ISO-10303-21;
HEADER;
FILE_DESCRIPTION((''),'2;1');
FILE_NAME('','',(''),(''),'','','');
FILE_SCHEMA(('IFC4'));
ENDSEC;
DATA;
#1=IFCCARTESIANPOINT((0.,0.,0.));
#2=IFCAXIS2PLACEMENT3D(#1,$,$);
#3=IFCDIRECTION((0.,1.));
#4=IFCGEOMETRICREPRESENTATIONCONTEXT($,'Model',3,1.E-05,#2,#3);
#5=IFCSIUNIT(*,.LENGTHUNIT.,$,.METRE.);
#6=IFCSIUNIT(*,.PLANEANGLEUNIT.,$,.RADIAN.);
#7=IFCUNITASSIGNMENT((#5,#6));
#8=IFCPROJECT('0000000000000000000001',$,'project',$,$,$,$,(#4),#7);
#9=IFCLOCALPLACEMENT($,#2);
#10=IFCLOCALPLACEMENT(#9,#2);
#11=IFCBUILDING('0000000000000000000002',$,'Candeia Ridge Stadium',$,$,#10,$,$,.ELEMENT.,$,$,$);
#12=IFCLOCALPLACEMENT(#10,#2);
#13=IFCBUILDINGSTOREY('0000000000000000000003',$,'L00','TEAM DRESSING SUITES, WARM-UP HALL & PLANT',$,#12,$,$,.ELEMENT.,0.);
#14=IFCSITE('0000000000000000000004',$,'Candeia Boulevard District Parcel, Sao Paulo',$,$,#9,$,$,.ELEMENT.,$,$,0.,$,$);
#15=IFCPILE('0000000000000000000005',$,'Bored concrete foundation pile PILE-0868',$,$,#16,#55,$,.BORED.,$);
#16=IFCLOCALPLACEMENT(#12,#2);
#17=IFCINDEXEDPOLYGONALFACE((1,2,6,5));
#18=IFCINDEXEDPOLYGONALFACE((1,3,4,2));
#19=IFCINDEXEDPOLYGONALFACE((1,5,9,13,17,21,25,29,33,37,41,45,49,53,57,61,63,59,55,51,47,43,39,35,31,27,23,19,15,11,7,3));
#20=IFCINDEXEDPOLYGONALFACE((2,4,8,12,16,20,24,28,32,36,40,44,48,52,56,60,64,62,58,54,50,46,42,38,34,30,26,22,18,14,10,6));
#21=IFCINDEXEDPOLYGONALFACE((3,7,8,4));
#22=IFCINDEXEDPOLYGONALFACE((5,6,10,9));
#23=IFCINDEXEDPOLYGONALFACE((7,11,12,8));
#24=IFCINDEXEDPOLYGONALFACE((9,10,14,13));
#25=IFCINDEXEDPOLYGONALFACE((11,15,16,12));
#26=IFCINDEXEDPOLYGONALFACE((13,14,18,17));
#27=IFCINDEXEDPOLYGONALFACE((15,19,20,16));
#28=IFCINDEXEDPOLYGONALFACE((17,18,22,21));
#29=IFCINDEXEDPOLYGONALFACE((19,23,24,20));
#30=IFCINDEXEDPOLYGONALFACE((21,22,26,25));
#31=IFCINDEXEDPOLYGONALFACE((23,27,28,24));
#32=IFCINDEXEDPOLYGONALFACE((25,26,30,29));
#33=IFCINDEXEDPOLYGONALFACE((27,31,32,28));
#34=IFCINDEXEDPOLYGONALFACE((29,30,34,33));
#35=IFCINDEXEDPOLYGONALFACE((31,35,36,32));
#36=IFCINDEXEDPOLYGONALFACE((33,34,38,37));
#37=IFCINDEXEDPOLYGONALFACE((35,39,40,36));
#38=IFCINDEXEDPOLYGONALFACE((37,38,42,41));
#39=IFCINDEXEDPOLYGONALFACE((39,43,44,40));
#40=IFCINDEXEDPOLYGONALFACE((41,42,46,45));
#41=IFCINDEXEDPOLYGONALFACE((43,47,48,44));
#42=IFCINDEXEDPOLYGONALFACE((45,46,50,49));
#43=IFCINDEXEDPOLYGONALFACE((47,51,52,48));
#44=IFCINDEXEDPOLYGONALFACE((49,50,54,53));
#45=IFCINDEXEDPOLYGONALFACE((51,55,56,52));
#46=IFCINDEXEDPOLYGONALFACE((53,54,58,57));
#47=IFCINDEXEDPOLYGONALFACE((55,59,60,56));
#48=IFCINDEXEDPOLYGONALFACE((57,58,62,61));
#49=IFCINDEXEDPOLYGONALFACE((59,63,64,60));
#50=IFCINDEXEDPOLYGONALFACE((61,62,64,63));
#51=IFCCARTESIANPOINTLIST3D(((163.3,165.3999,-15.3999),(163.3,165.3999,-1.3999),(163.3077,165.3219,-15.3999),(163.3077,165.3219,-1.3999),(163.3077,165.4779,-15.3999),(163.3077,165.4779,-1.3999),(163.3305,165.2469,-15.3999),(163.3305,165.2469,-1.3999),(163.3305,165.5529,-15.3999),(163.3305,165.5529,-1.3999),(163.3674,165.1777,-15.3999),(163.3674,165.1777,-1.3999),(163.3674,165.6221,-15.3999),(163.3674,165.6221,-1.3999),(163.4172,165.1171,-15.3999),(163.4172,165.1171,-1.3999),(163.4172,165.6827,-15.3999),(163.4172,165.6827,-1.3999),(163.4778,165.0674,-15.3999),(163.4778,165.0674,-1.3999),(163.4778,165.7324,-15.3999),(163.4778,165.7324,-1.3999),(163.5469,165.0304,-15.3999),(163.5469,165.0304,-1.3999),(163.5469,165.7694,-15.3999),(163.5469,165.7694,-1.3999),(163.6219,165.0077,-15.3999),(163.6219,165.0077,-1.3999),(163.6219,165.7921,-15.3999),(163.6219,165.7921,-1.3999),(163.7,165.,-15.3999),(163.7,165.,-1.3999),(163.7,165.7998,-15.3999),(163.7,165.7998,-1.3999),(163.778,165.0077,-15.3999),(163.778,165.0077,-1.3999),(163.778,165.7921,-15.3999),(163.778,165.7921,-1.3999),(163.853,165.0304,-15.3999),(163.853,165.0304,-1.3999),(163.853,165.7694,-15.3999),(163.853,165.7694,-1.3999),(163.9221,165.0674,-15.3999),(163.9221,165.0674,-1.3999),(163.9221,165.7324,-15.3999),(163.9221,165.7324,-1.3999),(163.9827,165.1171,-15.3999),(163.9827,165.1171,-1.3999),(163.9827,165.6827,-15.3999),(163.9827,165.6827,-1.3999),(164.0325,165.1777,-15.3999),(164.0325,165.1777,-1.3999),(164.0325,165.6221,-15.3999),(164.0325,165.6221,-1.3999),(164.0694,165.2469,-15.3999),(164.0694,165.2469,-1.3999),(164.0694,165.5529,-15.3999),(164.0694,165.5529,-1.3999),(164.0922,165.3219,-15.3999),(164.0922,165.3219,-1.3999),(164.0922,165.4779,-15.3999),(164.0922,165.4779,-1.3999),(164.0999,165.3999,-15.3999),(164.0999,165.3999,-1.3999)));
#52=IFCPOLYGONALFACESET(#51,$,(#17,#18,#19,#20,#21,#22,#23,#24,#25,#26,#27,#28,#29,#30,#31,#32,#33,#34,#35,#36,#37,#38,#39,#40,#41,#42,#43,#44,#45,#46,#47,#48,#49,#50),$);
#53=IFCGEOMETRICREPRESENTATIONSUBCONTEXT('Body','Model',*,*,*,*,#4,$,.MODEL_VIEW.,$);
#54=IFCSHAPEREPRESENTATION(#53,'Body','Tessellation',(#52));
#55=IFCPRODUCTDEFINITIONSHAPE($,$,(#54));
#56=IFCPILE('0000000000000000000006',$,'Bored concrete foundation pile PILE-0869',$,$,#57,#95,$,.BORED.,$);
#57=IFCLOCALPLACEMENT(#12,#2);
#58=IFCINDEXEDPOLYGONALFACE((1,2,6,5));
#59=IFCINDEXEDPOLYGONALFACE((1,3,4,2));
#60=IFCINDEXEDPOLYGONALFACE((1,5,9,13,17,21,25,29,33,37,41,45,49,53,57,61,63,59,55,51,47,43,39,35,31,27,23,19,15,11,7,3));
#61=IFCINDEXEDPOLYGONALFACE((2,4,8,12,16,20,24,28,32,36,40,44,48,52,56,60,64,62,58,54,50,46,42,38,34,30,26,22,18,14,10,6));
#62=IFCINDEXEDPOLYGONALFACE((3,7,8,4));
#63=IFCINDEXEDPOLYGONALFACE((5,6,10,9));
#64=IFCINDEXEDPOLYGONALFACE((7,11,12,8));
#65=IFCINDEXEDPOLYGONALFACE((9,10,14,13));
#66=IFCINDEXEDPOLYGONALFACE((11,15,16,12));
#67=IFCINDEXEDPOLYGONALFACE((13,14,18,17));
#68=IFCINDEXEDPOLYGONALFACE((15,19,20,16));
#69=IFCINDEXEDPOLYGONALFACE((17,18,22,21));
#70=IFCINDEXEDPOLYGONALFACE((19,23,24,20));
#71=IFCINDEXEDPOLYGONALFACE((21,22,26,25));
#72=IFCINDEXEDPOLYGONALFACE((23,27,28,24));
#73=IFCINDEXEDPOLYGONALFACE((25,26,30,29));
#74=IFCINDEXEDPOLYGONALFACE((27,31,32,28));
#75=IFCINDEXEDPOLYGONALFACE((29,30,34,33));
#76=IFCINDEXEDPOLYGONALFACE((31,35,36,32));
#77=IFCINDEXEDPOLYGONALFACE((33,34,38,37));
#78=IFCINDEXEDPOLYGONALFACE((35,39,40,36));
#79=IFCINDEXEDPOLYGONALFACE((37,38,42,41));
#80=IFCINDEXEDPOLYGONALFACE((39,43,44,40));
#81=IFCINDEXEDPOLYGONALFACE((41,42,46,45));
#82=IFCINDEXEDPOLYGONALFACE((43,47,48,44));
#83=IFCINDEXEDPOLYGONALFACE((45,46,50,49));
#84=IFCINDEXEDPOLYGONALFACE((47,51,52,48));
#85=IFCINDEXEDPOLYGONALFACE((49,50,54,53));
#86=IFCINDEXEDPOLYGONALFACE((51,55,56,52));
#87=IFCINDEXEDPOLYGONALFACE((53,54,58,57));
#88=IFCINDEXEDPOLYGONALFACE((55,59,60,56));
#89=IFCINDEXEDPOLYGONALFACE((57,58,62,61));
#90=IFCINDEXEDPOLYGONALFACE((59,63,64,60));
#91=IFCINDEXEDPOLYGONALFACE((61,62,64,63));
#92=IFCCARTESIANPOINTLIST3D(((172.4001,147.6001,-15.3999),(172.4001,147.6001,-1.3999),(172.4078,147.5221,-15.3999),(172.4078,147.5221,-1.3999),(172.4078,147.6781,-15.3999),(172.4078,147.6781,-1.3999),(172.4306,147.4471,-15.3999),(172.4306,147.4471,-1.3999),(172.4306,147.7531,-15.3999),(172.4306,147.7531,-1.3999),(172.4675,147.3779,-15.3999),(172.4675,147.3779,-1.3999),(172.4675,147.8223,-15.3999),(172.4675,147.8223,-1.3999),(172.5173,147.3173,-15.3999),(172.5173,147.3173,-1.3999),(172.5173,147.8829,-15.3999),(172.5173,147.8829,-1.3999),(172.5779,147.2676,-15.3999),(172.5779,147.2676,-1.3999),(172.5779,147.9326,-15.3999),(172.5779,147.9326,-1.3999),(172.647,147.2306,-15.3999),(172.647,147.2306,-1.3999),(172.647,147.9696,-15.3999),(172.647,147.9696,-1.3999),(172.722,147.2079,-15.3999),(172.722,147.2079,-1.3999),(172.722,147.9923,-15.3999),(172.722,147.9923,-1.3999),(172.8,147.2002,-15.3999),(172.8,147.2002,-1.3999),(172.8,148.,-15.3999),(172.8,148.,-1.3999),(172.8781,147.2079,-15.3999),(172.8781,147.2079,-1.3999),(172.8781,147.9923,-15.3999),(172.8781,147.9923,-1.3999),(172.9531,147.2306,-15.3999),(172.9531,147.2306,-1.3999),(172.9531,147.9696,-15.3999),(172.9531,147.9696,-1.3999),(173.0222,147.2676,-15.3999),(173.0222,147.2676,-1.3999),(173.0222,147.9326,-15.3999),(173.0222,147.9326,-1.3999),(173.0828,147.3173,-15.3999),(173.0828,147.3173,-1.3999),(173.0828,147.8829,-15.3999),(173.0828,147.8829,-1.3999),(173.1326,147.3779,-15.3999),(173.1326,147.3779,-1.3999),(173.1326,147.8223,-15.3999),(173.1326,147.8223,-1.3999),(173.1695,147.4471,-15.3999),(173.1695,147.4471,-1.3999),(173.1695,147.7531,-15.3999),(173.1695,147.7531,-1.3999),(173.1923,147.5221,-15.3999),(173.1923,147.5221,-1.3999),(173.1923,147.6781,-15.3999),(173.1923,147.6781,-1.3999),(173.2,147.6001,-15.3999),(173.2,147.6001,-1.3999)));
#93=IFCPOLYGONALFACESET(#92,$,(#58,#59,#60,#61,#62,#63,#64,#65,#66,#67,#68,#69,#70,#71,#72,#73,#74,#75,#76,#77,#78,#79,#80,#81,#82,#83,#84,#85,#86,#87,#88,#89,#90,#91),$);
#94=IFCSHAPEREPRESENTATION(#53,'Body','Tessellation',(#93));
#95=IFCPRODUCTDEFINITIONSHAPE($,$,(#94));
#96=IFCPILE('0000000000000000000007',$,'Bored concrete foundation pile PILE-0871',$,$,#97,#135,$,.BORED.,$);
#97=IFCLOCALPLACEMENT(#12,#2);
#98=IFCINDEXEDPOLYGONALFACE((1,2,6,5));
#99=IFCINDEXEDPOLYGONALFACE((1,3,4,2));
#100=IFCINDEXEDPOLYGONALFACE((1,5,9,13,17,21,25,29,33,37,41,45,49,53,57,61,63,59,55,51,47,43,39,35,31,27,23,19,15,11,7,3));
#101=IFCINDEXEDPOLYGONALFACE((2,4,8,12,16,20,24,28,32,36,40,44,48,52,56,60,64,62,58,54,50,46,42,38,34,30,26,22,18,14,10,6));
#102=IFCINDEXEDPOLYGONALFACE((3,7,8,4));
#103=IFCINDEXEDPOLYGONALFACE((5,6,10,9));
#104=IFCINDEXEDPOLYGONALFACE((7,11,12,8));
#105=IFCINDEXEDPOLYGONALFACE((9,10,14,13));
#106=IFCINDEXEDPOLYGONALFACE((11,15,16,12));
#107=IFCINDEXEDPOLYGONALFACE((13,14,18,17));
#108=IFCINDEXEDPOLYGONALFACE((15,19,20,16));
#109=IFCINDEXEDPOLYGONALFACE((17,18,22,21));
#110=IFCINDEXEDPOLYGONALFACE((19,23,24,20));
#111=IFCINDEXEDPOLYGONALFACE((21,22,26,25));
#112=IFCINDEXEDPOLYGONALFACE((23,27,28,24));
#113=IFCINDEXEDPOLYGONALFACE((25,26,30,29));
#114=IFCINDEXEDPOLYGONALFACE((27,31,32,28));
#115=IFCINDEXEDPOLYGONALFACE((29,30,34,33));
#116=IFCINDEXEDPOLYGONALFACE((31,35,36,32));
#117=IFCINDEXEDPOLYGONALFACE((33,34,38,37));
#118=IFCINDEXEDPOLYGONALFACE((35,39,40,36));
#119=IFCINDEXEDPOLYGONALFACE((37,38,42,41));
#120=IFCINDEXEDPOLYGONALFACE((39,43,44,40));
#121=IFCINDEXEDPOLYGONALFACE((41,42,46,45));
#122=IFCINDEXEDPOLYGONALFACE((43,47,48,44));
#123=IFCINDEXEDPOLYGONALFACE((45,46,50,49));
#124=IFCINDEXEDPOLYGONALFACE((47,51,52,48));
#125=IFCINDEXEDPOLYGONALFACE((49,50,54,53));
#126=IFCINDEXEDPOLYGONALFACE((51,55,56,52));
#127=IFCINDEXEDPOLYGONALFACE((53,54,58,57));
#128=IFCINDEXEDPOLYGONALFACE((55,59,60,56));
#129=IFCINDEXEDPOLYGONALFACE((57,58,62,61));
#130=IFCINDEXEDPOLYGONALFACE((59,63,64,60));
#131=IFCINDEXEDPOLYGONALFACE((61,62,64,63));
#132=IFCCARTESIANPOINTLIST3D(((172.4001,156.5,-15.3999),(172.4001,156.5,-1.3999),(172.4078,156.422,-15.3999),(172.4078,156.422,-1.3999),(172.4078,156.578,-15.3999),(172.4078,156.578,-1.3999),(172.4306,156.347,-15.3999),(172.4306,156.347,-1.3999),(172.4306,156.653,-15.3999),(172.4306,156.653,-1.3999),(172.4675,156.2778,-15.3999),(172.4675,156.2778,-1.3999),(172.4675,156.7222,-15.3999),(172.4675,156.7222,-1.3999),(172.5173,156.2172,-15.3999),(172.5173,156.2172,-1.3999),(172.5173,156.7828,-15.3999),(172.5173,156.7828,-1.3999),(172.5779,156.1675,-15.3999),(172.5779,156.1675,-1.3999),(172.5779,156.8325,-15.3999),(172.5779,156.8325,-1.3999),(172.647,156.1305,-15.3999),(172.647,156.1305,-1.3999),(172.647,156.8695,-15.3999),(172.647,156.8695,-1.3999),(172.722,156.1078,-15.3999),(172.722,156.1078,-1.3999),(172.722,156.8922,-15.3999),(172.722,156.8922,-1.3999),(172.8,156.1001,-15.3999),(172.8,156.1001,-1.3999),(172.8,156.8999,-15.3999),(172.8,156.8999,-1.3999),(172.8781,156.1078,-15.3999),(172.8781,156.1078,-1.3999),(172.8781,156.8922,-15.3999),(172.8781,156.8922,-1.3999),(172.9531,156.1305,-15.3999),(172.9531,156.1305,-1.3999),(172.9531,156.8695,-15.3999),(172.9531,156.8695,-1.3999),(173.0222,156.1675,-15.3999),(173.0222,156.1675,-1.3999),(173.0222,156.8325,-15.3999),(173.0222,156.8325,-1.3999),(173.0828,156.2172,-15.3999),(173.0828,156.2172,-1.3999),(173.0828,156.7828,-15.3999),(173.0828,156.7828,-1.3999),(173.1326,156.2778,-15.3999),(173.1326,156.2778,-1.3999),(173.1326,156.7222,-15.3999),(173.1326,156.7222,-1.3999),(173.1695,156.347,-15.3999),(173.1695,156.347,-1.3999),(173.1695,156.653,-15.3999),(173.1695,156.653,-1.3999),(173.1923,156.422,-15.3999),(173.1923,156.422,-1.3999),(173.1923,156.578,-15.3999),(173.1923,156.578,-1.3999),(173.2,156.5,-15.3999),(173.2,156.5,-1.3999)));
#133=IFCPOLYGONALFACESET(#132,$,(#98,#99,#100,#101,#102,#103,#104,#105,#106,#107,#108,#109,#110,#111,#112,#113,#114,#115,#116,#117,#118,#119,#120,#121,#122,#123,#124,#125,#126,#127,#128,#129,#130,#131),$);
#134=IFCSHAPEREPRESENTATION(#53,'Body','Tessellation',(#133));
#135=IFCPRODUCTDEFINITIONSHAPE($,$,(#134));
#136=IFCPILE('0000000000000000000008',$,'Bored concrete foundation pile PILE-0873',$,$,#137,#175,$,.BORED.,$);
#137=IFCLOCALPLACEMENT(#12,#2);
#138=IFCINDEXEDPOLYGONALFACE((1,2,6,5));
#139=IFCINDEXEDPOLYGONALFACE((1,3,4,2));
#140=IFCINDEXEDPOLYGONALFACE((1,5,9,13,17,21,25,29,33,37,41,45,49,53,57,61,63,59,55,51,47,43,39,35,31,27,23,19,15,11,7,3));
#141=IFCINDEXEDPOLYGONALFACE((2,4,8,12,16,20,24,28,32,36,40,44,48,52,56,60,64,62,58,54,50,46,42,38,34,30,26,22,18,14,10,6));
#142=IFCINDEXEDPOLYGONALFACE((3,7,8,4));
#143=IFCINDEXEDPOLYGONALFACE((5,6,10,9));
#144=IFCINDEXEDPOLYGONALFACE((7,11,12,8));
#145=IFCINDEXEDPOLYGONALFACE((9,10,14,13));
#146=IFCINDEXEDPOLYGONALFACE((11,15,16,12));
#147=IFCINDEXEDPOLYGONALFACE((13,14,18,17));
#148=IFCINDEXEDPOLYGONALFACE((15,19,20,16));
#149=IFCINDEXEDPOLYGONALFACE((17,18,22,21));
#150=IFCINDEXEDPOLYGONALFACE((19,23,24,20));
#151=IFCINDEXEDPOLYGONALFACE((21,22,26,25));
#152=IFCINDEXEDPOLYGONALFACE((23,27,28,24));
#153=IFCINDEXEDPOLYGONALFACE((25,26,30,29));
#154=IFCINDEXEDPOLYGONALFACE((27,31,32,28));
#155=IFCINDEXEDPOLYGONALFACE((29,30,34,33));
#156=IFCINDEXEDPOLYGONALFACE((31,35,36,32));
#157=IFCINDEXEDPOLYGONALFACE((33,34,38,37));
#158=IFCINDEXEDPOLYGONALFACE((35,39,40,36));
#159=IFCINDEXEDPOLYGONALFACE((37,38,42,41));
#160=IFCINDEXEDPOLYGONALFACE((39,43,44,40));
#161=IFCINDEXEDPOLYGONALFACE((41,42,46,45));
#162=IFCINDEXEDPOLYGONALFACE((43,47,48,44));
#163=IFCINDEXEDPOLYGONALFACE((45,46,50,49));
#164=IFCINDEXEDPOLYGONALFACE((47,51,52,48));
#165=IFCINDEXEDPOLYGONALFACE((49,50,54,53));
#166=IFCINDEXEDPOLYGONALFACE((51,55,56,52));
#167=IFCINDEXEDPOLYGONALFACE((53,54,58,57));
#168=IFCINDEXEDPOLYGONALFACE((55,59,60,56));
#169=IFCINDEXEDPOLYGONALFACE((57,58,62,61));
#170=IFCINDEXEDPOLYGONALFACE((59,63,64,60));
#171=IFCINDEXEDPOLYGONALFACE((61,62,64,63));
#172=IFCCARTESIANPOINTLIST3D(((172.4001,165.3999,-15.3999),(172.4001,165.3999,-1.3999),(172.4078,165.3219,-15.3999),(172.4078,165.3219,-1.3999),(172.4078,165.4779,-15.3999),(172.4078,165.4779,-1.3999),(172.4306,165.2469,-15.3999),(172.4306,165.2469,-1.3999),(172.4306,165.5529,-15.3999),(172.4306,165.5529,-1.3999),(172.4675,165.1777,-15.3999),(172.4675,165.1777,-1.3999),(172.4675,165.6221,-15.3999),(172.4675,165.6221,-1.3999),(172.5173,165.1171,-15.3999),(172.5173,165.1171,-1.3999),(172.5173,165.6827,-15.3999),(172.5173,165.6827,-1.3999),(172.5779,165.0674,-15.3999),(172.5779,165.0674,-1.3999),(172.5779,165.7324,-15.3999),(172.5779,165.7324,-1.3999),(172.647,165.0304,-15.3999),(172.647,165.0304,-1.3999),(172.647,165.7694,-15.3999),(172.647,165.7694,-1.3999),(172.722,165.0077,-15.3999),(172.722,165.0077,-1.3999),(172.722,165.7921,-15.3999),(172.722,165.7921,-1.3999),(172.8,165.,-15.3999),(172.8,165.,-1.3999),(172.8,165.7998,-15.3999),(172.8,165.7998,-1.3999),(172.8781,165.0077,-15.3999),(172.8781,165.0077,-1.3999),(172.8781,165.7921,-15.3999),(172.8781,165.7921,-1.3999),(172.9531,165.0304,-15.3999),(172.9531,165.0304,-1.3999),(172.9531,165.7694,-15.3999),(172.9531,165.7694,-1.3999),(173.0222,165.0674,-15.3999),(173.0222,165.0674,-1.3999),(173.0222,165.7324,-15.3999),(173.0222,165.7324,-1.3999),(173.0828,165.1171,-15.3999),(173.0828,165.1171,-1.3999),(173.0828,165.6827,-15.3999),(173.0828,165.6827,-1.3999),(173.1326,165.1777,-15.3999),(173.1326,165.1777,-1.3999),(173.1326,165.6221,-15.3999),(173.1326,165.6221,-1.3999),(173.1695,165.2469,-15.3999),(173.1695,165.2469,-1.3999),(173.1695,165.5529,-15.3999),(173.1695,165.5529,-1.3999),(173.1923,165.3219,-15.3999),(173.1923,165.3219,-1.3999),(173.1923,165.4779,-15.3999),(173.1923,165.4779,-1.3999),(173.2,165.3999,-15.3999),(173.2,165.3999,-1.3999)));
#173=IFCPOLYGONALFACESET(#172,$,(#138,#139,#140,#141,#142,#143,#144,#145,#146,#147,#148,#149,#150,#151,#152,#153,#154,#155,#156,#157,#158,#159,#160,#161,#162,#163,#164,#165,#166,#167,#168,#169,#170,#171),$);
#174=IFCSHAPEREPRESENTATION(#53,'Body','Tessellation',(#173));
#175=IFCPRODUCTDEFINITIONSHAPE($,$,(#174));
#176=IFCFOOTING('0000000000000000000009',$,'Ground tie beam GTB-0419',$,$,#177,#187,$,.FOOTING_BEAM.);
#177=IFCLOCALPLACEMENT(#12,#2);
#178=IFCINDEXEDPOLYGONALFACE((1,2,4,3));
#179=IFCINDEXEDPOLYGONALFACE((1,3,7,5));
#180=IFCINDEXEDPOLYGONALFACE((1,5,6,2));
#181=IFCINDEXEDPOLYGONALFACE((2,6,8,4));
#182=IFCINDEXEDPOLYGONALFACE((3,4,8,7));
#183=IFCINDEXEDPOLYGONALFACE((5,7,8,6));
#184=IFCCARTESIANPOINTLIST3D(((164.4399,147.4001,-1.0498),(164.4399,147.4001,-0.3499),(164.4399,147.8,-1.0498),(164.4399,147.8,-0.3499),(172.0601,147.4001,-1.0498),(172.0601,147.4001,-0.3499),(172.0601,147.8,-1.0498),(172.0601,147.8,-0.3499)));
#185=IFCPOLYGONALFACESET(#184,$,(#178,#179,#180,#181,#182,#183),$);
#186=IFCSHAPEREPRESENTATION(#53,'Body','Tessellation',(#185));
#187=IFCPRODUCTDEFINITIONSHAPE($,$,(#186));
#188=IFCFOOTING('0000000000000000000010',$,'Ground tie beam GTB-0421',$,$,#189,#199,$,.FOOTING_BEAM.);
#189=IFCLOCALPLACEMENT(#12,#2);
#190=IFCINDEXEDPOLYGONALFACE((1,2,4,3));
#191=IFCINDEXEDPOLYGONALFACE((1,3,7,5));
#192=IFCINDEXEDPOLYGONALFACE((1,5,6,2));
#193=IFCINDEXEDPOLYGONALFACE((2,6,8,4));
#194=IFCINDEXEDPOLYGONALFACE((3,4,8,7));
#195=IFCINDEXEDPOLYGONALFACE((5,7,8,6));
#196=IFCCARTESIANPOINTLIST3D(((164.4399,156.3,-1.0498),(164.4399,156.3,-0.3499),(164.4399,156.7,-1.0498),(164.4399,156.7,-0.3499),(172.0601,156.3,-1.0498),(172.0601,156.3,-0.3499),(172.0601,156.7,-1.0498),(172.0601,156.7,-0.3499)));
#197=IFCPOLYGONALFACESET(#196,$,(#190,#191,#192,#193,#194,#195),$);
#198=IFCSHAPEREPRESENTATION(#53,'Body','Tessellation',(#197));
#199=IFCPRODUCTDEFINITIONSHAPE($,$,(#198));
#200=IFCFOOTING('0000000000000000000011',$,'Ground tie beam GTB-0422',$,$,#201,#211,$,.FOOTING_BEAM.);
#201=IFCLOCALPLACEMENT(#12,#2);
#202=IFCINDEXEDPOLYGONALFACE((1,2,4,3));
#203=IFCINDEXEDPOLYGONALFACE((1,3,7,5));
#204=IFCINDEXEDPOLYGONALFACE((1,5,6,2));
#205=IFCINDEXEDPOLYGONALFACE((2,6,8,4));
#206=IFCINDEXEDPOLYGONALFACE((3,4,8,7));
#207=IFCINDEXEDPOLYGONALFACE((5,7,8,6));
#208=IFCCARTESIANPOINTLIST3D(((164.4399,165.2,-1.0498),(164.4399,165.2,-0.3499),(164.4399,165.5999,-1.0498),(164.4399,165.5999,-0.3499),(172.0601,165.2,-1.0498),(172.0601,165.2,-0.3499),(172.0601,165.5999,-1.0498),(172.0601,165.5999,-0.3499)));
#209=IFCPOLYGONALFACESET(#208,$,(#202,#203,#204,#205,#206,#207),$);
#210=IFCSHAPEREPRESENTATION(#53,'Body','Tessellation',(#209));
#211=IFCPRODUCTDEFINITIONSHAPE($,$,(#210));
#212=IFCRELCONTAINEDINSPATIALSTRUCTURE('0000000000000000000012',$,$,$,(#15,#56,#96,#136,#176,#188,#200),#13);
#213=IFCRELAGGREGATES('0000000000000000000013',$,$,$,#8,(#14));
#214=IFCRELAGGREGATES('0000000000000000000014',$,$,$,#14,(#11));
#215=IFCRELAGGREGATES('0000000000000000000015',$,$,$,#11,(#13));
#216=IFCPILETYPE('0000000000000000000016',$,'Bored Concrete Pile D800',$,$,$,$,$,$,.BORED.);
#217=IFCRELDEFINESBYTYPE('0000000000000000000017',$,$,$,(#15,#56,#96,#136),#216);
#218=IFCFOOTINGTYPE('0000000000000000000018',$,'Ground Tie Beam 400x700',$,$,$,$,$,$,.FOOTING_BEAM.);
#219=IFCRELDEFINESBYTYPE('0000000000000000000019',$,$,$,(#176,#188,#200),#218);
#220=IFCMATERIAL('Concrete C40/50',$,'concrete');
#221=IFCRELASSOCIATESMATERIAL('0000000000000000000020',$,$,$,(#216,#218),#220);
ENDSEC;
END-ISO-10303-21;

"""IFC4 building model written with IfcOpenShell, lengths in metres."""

from ifc_helpers import new_model, si_unit, direction, frame, origin, origin_2d, place, context, subcontext, project, spatial, rectangle, circle, extrude, material, material_profile, profile_set, type_object, element, save


model = new_model("IFC4")

# Units and contexts
model_context = context("Model", 3, precision=1e-05, world=origin(), true_north=direction((0.0, 1.0)))
body_context = subcontext(model_context, "Body", "Model", "MODEL_VIEW")
ifc_project = project(units=[si_unit("LENGTHUNIT", "METRE"), si_unit("PLANEANGLEUNIT", "RADIAN")], contexts=[model_context])

# Site, building, storey
site_placement = place(None, origin())
site = spatial("IfcSite", under=ifc_project, at=site_placement, Name="Candeia Boulevard District Parcel, Sao Paulo", CompositionType="ELEMENT", RefElevation=0.0)
building_placement = place(site_placement, origin())
building = spatial("IfcBuilding", under=site, at=building_placement, Name="Candeia Ridge Stadium", CompositionType="ELEMENT")
storey_placement = place(building_placement, origin())
storey = spatial("IfcBuildingStorey", under=building, at=storey_placement, Name="L00", Description="TEAM DRESSING SUITES, WARM-UP HALL & PLANT", CompositionType="ELEMENT", Elevation=0.0)

# Piles
ifc_material_1 = material(Name="Concrete C40/50", Category="concrete")
ifc_material_profile_1 = material_profile(ifc_material_1, circle(Radius=0.3999, at=origin_2d()), Name="PILE-D800", Category="concrete")
ifc_profile_set_1 = profile_set([ifc_material_profile_1], Name="Concrete C40/50")
pile_type = type_object("IfcPileType", Name="Bored Concrete Pile D800", PredefinedType="BORED", material=ifc_profile_set_1)
for number, where, z_axis, x_axis, name in (
    (1, (163.7, 165.3999, -1.3999), (0.0, 0.0, -1.0), (1.0, 0.0, 0.0), "Bored concrete foundation pile PILE-0868"),
    (2, (172.8, 147.6001, -1.3999), (0.0, 0.0, -1.0), (1.0, 0.0, 0.0), "Bored concrete foundation pile PILE-0869"),
    (3, (172.8, 156.5, -1.3999), (0.0, 0.0, -1.0), (1.0, 0.0, 0.0), "Bored concrete foundation pile PILE-0871"),
    (4, (172.8, 165.3999, -1.3999), (0.0, 0.0, -1.0), (1.0, 0.0, 0.0), "Bored concrete foundation pile PILE-0873"),
):
    element("IfcPile", number, at=place(storey_placement, frame(where, z_axis=z_axis, x_axis=x_axis)), inside=storey, type_object=pile_type, Name=name, PredefinedType="BORED", context=body_context, shape_type="SweptSolid", body=[
        extrude(circle(Radius=0.3999, at=origin_2d()), origin(), (0.0, 0.0, 1.0), 14.0),
    ])

# Footings
footing_type_1 = type_object("IfcFootingType", Name="Ground Tie Beam 400x700", PredefinedType="FOOTING_BEAM", material=ifc_material_1)
for number, where, z_axis, x_axis, name in (
    (5, (168.25, 147.6001, -1.0498), (0.0, 0.0, 1.0), (1.0, 0.0, 0.0), "Ground tie beam GTB-0419"),
    (6, (168.25, 156.5, -1.0498), (0.0, 0.0, 1.0), (1.0, 0.0, 0.0), "Ground tie beam GTB-0421"),
    (7, (168.25, 165.3999, -1.0498), (0.0, 0.0, 1.0), (1.0, 0.0, 0.0), "Ground tie beam GTB-0422"),
):
    element("IfcFooting", number, at=place(storey_placement, frame(where, z_axis=z_axis, x_axis=x_axis)), inside=storey, type_object=footing_type_1, Name=name, PredefinedType="FOOTING_BEAM", context=body_context, shape_type="SweptSolid", body=[
        extrude(rectangle(XDim=7.6201, YDim=0.3999, at=origin_2d()), origin(), (0.0, 0.0, 1.0), 0.7),
    ])

save(model, "model.ifc")
